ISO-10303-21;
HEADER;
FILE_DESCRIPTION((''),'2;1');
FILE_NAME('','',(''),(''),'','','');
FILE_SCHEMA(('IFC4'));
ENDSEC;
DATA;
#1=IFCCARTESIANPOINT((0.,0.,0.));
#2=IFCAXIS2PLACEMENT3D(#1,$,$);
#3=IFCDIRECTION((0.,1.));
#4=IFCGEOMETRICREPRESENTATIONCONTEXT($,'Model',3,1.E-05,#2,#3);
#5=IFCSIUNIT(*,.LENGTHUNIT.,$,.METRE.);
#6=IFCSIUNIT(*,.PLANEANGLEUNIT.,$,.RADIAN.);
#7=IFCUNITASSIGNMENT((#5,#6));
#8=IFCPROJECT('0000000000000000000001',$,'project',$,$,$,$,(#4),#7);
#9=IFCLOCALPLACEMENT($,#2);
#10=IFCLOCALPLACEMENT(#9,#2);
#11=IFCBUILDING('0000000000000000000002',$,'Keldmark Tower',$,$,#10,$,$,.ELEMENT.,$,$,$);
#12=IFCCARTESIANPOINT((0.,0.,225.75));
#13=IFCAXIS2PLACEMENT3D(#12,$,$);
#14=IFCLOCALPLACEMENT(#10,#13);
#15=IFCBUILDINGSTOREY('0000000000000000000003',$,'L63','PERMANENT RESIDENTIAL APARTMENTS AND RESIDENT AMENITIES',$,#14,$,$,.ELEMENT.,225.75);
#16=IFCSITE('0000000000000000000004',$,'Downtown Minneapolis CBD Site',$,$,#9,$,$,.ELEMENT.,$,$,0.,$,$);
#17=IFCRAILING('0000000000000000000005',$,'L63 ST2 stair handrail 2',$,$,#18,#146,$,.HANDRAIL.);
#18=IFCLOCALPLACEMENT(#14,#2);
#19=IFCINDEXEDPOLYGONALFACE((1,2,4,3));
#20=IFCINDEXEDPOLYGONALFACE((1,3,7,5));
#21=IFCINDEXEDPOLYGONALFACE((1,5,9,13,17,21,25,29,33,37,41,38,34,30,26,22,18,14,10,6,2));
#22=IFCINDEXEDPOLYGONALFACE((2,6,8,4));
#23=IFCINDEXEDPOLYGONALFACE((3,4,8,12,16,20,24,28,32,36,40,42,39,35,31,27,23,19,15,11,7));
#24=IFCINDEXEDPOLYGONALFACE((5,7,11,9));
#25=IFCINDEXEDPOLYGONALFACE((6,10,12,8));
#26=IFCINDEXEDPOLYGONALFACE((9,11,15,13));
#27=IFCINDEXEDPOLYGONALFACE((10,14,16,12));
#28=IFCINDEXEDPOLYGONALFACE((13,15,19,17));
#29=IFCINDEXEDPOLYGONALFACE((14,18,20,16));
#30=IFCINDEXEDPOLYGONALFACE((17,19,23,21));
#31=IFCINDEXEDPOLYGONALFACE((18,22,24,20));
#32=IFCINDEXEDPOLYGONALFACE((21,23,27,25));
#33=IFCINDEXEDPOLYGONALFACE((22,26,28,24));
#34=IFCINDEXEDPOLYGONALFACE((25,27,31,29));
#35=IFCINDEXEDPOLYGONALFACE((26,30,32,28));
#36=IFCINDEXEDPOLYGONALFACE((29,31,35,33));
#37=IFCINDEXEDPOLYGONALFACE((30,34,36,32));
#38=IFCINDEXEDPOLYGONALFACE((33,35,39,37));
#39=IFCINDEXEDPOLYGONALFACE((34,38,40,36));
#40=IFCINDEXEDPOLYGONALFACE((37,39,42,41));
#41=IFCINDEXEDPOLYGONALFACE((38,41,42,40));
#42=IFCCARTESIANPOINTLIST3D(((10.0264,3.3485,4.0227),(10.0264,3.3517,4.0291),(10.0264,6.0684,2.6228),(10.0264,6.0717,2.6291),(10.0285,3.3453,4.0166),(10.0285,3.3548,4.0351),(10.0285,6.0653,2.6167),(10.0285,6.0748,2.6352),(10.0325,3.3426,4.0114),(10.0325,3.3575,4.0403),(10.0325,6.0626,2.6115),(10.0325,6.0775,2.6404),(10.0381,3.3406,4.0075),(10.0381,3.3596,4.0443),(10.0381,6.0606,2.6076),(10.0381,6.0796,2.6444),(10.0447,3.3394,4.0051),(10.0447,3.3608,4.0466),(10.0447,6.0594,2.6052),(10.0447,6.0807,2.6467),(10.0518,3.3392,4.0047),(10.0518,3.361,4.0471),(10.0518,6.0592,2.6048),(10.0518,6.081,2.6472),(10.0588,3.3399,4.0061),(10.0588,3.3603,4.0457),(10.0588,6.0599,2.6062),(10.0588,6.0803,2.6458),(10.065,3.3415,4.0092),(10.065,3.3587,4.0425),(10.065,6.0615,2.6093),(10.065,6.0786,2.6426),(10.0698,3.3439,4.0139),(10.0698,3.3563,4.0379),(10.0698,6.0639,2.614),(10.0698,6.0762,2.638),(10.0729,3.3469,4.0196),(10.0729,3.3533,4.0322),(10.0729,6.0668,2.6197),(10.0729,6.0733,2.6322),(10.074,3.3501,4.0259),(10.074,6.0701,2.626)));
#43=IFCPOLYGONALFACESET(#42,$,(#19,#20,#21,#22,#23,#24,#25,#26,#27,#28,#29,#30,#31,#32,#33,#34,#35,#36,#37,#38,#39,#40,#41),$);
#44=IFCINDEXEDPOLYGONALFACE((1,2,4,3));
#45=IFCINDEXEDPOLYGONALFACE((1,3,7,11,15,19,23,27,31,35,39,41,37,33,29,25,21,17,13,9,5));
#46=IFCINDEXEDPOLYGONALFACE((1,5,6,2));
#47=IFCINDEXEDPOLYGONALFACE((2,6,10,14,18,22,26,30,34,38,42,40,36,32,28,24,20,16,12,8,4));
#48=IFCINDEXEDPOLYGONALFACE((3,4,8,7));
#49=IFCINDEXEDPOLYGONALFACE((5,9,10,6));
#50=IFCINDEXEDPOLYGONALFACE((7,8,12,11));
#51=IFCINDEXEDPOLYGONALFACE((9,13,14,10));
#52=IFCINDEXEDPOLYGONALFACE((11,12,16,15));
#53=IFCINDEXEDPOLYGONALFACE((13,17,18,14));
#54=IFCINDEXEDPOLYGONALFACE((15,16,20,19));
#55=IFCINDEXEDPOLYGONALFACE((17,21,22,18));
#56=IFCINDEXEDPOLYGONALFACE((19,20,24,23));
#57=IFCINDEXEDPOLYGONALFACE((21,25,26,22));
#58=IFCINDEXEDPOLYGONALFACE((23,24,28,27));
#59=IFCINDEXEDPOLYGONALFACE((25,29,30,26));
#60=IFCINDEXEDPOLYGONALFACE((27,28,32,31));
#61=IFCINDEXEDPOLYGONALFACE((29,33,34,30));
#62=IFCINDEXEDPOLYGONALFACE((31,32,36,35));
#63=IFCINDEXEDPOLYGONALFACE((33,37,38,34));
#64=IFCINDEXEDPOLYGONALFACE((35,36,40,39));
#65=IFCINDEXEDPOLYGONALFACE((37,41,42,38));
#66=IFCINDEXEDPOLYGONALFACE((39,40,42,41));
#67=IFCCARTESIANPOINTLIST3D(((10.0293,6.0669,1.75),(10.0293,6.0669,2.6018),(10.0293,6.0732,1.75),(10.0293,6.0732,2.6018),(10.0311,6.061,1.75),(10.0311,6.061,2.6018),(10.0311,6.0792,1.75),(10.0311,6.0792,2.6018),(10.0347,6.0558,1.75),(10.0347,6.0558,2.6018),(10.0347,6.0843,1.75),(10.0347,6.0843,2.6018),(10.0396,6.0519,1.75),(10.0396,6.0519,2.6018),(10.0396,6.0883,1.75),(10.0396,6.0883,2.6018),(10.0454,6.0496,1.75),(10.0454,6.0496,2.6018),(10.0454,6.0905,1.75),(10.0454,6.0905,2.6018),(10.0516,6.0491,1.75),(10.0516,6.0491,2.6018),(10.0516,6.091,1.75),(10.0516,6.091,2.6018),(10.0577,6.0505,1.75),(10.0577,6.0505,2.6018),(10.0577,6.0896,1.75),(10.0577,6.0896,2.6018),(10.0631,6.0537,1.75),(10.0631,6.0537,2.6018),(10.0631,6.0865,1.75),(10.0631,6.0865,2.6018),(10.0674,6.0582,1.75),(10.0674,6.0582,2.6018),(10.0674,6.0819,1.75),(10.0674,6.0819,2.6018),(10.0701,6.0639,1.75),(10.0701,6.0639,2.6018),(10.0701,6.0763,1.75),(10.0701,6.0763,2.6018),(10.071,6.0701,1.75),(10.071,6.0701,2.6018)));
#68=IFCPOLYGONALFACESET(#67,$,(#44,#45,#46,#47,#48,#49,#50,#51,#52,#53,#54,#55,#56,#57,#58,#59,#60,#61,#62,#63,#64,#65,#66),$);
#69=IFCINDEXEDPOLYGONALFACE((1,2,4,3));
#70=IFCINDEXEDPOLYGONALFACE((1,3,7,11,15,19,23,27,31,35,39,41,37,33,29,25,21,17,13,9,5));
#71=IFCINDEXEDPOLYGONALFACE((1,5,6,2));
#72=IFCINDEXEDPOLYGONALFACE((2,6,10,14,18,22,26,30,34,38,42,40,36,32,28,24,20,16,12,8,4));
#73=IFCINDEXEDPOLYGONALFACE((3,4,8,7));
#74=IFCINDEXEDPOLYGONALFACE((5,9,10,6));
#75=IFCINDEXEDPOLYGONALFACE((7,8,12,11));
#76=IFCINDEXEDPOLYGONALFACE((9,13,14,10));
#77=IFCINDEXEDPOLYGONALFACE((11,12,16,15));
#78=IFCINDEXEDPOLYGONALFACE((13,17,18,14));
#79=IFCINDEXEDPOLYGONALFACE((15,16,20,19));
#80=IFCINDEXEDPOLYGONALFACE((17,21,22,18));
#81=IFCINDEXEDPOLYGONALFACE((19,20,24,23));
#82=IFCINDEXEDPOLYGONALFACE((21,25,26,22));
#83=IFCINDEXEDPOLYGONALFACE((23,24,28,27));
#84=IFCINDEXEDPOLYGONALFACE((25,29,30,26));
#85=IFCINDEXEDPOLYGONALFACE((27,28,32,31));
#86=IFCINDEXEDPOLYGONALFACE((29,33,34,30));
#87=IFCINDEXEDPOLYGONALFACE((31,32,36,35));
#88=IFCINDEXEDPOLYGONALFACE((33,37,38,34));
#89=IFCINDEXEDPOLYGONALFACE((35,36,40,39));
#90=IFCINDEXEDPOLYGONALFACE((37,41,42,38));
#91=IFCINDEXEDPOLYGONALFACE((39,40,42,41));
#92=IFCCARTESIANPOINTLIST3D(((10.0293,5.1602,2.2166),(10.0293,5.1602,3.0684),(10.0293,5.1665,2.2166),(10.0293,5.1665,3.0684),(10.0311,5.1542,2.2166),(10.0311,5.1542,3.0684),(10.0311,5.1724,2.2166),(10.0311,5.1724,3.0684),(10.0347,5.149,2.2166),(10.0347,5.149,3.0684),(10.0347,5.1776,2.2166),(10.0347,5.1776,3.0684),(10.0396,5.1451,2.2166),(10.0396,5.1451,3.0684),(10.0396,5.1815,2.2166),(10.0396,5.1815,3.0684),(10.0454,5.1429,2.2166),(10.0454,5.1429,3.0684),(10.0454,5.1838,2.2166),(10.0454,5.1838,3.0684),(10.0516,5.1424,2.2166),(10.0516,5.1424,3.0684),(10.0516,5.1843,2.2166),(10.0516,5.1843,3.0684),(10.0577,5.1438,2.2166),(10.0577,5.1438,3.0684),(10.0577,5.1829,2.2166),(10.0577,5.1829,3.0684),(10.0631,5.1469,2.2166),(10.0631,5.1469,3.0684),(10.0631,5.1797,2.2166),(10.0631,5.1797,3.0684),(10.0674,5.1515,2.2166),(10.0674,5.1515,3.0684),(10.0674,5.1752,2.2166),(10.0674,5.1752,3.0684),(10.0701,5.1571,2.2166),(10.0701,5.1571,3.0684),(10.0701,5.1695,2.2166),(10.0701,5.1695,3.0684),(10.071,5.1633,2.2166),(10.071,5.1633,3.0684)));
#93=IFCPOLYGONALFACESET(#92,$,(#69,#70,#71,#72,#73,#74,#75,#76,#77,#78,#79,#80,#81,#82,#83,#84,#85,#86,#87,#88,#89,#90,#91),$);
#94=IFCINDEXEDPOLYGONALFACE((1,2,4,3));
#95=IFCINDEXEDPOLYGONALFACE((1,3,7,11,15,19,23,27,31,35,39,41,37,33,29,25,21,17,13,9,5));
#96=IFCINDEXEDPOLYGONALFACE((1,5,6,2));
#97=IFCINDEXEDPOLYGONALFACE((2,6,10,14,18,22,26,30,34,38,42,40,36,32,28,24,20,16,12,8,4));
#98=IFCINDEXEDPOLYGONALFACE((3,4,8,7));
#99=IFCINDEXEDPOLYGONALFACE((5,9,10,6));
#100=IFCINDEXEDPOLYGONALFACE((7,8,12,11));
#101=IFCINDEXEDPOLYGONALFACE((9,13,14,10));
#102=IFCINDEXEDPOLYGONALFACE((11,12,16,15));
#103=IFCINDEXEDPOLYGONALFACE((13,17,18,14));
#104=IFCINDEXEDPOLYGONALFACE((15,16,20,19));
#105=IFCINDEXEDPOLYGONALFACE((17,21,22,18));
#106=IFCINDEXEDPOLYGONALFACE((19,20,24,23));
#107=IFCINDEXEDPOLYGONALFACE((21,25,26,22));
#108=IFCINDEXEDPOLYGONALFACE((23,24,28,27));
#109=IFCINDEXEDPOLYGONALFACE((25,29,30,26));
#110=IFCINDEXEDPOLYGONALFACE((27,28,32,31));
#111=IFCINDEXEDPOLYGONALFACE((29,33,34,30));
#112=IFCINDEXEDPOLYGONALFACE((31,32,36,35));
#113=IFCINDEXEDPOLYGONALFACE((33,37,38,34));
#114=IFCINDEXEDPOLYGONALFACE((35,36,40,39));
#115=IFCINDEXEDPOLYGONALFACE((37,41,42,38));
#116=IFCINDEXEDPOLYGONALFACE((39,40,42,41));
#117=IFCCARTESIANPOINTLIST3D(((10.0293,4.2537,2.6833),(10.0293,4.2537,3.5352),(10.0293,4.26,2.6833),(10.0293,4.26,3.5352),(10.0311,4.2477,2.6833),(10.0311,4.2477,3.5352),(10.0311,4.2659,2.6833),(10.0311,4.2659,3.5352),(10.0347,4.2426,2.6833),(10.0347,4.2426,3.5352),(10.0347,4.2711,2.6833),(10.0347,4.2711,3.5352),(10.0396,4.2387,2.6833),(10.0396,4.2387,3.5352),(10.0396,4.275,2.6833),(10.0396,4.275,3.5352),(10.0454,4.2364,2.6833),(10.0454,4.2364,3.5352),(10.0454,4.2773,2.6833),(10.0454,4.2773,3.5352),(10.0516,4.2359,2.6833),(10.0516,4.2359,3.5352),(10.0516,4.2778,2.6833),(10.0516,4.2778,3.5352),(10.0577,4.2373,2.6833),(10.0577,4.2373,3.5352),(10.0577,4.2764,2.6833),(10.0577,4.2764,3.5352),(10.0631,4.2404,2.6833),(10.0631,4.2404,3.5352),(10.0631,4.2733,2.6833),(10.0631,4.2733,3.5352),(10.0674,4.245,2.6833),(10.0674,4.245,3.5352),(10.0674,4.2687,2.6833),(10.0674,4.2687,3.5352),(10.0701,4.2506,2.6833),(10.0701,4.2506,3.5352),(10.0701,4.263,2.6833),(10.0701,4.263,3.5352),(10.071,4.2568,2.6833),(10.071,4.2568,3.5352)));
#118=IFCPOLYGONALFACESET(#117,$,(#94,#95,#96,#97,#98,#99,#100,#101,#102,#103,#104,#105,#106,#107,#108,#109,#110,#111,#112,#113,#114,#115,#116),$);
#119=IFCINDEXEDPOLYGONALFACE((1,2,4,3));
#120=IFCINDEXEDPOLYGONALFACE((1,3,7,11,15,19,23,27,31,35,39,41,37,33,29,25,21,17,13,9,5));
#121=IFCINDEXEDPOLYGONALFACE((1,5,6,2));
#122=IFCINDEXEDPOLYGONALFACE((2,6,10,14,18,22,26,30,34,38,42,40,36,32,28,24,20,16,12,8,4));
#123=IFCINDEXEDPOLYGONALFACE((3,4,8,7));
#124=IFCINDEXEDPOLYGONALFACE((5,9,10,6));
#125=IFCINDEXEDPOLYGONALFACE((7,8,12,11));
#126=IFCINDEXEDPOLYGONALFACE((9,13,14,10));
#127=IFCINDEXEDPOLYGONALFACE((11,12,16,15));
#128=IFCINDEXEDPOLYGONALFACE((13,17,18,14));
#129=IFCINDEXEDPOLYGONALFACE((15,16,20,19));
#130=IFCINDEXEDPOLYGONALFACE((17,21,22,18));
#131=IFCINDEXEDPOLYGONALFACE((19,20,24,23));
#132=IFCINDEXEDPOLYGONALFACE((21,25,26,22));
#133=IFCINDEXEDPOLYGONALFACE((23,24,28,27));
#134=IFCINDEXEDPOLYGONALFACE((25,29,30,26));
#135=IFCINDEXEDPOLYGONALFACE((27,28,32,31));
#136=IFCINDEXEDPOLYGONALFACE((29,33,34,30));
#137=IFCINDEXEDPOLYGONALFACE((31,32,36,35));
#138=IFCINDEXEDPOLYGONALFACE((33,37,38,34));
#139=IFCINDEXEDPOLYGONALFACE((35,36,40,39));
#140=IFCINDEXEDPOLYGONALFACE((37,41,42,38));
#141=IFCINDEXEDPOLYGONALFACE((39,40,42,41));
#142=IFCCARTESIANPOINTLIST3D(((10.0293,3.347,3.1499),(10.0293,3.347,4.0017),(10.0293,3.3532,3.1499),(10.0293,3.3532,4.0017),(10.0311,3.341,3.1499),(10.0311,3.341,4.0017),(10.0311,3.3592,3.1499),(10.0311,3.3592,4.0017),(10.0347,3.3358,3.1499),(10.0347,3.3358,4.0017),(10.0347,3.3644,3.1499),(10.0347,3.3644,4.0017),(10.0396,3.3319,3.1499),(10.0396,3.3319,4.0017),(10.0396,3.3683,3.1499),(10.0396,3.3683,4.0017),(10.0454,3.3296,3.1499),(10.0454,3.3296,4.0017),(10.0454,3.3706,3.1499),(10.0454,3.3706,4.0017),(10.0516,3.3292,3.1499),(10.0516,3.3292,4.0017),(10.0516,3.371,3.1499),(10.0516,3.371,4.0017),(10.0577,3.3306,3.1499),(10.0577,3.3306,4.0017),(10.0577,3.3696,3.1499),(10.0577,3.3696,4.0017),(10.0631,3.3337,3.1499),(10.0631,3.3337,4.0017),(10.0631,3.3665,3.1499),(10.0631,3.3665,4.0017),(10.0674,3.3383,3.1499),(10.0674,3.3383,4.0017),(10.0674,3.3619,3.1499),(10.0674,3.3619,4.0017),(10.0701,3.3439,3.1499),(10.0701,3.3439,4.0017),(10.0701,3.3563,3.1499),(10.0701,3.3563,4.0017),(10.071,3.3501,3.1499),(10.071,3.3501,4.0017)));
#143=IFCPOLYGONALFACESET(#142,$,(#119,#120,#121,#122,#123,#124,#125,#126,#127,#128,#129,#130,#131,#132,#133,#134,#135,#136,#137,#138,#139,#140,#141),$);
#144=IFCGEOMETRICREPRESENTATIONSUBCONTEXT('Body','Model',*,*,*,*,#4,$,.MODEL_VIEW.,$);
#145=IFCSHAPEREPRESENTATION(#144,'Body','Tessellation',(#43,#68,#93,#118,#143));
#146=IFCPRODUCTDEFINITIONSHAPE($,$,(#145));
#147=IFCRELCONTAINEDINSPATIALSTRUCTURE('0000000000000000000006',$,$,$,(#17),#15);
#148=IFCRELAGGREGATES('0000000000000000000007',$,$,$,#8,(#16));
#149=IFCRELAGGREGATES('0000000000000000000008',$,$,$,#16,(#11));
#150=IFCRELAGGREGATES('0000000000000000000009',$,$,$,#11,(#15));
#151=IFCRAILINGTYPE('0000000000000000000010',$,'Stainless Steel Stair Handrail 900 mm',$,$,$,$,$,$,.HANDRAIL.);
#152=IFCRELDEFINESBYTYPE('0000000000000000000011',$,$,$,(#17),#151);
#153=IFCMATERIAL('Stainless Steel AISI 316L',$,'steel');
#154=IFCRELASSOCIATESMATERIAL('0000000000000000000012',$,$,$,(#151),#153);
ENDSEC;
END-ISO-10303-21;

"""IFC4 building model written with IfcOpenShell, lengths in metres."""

from ifc_helpers import new_model, si_unit, direction, frame, origin, origin_2d, place, context, subcontext, project, spatial, circle, extrude, material, type_object, element, save


model = new_model("IFC4")

# Units and contexts
model_context = context("Model", 3, precision=1e-05, world=origin(), true_north=direction((0.0, 1.0)))
body_context = subcontext(model_context, "Body", "Model", "MODEL_VIEW")
ifc_project = project(units=[si_unit("LENGTHUNIT", "METRE"), si_unit("PLANEANGLEUNIT", "RADIAN")], contexts=[model_context])

# Site, building, storey
site_placement = place(None, origin())
site = spatial("IfcSite", under=ifc_project, at=site_placement, Name="Downtown Minneapolis CBD Site", CompositionType="ELEMENT", RefElevation=0.0)
building_placement = place(site_placement, origin())
building = spatial("IfcBuilding", under=site, at=building_placement, Name="Keldmark Tower", CompositionType="ELEMENT")
storey_placement = place(building_placement, frame((0.0, 0.0, 225.75)))
storey = spatial("IfcBuildingStorey", under=building, at=storey_placement, Name="L63", Description="PERMANENT RESIDENTIAL APARTMENTS AND RESIDENT AMENITIES", CompositionType="ELEMENT", Elevation=225.75)

# Railing
ifc_material_1 = material(Name="Stainless Steel AISI 316L", Category="steel")
railing_type_1 = type_object("IfcRailingType", Name="Stainless Steel Stair Handrail 900 mm", PredefinedType="HANDRAIL", material=ifc_material_1)
railing_1_placement = place(storey_placement, frame((10.05, 6.0701, 1.75)))
element("IfcRailing", 1, at=railing_1_placement, inside=storey, type_object=railing_type_1, Name="L63 ST2 stair handrail 2", PredefinedType="HANDRAIL", context=body_context, shape_type="SweptSolid", body=[
    extrude(circle(Radius=0.0239, at=origin_2d()), frame((0.0, 0.0, 0.876), z_axis=(0.0, -0.889147, 0.457622), x_axis=(1.0, 0.0, 0.0)), (0.0, 0.0, 1.0), 3.0591),
    extrude(circle(Radius=0.021, at=origin_2d()), origin(), (0.0, 0.0, 1.0), 0.8518),
    extrude(circle(Radius=0.021, at=origin_2d()), frame((0.0, -0.9067, 0.4666)), (0.0, 0.0, 1.0), 0.8518),
    extrude(circle(Radius=0.021, at=origin_2d()), frame((0.0, -1.8132, 0.9333)), (0.0, 0.0, 1.0), 0.8518),
    extrude(circle(Radius=0.021, at=origin_2d()), frame((0.0, -2.72, 1.3999)), (0.0, 0.0, 1.0), 0.8518),
])

save(model, "model.ifc")
